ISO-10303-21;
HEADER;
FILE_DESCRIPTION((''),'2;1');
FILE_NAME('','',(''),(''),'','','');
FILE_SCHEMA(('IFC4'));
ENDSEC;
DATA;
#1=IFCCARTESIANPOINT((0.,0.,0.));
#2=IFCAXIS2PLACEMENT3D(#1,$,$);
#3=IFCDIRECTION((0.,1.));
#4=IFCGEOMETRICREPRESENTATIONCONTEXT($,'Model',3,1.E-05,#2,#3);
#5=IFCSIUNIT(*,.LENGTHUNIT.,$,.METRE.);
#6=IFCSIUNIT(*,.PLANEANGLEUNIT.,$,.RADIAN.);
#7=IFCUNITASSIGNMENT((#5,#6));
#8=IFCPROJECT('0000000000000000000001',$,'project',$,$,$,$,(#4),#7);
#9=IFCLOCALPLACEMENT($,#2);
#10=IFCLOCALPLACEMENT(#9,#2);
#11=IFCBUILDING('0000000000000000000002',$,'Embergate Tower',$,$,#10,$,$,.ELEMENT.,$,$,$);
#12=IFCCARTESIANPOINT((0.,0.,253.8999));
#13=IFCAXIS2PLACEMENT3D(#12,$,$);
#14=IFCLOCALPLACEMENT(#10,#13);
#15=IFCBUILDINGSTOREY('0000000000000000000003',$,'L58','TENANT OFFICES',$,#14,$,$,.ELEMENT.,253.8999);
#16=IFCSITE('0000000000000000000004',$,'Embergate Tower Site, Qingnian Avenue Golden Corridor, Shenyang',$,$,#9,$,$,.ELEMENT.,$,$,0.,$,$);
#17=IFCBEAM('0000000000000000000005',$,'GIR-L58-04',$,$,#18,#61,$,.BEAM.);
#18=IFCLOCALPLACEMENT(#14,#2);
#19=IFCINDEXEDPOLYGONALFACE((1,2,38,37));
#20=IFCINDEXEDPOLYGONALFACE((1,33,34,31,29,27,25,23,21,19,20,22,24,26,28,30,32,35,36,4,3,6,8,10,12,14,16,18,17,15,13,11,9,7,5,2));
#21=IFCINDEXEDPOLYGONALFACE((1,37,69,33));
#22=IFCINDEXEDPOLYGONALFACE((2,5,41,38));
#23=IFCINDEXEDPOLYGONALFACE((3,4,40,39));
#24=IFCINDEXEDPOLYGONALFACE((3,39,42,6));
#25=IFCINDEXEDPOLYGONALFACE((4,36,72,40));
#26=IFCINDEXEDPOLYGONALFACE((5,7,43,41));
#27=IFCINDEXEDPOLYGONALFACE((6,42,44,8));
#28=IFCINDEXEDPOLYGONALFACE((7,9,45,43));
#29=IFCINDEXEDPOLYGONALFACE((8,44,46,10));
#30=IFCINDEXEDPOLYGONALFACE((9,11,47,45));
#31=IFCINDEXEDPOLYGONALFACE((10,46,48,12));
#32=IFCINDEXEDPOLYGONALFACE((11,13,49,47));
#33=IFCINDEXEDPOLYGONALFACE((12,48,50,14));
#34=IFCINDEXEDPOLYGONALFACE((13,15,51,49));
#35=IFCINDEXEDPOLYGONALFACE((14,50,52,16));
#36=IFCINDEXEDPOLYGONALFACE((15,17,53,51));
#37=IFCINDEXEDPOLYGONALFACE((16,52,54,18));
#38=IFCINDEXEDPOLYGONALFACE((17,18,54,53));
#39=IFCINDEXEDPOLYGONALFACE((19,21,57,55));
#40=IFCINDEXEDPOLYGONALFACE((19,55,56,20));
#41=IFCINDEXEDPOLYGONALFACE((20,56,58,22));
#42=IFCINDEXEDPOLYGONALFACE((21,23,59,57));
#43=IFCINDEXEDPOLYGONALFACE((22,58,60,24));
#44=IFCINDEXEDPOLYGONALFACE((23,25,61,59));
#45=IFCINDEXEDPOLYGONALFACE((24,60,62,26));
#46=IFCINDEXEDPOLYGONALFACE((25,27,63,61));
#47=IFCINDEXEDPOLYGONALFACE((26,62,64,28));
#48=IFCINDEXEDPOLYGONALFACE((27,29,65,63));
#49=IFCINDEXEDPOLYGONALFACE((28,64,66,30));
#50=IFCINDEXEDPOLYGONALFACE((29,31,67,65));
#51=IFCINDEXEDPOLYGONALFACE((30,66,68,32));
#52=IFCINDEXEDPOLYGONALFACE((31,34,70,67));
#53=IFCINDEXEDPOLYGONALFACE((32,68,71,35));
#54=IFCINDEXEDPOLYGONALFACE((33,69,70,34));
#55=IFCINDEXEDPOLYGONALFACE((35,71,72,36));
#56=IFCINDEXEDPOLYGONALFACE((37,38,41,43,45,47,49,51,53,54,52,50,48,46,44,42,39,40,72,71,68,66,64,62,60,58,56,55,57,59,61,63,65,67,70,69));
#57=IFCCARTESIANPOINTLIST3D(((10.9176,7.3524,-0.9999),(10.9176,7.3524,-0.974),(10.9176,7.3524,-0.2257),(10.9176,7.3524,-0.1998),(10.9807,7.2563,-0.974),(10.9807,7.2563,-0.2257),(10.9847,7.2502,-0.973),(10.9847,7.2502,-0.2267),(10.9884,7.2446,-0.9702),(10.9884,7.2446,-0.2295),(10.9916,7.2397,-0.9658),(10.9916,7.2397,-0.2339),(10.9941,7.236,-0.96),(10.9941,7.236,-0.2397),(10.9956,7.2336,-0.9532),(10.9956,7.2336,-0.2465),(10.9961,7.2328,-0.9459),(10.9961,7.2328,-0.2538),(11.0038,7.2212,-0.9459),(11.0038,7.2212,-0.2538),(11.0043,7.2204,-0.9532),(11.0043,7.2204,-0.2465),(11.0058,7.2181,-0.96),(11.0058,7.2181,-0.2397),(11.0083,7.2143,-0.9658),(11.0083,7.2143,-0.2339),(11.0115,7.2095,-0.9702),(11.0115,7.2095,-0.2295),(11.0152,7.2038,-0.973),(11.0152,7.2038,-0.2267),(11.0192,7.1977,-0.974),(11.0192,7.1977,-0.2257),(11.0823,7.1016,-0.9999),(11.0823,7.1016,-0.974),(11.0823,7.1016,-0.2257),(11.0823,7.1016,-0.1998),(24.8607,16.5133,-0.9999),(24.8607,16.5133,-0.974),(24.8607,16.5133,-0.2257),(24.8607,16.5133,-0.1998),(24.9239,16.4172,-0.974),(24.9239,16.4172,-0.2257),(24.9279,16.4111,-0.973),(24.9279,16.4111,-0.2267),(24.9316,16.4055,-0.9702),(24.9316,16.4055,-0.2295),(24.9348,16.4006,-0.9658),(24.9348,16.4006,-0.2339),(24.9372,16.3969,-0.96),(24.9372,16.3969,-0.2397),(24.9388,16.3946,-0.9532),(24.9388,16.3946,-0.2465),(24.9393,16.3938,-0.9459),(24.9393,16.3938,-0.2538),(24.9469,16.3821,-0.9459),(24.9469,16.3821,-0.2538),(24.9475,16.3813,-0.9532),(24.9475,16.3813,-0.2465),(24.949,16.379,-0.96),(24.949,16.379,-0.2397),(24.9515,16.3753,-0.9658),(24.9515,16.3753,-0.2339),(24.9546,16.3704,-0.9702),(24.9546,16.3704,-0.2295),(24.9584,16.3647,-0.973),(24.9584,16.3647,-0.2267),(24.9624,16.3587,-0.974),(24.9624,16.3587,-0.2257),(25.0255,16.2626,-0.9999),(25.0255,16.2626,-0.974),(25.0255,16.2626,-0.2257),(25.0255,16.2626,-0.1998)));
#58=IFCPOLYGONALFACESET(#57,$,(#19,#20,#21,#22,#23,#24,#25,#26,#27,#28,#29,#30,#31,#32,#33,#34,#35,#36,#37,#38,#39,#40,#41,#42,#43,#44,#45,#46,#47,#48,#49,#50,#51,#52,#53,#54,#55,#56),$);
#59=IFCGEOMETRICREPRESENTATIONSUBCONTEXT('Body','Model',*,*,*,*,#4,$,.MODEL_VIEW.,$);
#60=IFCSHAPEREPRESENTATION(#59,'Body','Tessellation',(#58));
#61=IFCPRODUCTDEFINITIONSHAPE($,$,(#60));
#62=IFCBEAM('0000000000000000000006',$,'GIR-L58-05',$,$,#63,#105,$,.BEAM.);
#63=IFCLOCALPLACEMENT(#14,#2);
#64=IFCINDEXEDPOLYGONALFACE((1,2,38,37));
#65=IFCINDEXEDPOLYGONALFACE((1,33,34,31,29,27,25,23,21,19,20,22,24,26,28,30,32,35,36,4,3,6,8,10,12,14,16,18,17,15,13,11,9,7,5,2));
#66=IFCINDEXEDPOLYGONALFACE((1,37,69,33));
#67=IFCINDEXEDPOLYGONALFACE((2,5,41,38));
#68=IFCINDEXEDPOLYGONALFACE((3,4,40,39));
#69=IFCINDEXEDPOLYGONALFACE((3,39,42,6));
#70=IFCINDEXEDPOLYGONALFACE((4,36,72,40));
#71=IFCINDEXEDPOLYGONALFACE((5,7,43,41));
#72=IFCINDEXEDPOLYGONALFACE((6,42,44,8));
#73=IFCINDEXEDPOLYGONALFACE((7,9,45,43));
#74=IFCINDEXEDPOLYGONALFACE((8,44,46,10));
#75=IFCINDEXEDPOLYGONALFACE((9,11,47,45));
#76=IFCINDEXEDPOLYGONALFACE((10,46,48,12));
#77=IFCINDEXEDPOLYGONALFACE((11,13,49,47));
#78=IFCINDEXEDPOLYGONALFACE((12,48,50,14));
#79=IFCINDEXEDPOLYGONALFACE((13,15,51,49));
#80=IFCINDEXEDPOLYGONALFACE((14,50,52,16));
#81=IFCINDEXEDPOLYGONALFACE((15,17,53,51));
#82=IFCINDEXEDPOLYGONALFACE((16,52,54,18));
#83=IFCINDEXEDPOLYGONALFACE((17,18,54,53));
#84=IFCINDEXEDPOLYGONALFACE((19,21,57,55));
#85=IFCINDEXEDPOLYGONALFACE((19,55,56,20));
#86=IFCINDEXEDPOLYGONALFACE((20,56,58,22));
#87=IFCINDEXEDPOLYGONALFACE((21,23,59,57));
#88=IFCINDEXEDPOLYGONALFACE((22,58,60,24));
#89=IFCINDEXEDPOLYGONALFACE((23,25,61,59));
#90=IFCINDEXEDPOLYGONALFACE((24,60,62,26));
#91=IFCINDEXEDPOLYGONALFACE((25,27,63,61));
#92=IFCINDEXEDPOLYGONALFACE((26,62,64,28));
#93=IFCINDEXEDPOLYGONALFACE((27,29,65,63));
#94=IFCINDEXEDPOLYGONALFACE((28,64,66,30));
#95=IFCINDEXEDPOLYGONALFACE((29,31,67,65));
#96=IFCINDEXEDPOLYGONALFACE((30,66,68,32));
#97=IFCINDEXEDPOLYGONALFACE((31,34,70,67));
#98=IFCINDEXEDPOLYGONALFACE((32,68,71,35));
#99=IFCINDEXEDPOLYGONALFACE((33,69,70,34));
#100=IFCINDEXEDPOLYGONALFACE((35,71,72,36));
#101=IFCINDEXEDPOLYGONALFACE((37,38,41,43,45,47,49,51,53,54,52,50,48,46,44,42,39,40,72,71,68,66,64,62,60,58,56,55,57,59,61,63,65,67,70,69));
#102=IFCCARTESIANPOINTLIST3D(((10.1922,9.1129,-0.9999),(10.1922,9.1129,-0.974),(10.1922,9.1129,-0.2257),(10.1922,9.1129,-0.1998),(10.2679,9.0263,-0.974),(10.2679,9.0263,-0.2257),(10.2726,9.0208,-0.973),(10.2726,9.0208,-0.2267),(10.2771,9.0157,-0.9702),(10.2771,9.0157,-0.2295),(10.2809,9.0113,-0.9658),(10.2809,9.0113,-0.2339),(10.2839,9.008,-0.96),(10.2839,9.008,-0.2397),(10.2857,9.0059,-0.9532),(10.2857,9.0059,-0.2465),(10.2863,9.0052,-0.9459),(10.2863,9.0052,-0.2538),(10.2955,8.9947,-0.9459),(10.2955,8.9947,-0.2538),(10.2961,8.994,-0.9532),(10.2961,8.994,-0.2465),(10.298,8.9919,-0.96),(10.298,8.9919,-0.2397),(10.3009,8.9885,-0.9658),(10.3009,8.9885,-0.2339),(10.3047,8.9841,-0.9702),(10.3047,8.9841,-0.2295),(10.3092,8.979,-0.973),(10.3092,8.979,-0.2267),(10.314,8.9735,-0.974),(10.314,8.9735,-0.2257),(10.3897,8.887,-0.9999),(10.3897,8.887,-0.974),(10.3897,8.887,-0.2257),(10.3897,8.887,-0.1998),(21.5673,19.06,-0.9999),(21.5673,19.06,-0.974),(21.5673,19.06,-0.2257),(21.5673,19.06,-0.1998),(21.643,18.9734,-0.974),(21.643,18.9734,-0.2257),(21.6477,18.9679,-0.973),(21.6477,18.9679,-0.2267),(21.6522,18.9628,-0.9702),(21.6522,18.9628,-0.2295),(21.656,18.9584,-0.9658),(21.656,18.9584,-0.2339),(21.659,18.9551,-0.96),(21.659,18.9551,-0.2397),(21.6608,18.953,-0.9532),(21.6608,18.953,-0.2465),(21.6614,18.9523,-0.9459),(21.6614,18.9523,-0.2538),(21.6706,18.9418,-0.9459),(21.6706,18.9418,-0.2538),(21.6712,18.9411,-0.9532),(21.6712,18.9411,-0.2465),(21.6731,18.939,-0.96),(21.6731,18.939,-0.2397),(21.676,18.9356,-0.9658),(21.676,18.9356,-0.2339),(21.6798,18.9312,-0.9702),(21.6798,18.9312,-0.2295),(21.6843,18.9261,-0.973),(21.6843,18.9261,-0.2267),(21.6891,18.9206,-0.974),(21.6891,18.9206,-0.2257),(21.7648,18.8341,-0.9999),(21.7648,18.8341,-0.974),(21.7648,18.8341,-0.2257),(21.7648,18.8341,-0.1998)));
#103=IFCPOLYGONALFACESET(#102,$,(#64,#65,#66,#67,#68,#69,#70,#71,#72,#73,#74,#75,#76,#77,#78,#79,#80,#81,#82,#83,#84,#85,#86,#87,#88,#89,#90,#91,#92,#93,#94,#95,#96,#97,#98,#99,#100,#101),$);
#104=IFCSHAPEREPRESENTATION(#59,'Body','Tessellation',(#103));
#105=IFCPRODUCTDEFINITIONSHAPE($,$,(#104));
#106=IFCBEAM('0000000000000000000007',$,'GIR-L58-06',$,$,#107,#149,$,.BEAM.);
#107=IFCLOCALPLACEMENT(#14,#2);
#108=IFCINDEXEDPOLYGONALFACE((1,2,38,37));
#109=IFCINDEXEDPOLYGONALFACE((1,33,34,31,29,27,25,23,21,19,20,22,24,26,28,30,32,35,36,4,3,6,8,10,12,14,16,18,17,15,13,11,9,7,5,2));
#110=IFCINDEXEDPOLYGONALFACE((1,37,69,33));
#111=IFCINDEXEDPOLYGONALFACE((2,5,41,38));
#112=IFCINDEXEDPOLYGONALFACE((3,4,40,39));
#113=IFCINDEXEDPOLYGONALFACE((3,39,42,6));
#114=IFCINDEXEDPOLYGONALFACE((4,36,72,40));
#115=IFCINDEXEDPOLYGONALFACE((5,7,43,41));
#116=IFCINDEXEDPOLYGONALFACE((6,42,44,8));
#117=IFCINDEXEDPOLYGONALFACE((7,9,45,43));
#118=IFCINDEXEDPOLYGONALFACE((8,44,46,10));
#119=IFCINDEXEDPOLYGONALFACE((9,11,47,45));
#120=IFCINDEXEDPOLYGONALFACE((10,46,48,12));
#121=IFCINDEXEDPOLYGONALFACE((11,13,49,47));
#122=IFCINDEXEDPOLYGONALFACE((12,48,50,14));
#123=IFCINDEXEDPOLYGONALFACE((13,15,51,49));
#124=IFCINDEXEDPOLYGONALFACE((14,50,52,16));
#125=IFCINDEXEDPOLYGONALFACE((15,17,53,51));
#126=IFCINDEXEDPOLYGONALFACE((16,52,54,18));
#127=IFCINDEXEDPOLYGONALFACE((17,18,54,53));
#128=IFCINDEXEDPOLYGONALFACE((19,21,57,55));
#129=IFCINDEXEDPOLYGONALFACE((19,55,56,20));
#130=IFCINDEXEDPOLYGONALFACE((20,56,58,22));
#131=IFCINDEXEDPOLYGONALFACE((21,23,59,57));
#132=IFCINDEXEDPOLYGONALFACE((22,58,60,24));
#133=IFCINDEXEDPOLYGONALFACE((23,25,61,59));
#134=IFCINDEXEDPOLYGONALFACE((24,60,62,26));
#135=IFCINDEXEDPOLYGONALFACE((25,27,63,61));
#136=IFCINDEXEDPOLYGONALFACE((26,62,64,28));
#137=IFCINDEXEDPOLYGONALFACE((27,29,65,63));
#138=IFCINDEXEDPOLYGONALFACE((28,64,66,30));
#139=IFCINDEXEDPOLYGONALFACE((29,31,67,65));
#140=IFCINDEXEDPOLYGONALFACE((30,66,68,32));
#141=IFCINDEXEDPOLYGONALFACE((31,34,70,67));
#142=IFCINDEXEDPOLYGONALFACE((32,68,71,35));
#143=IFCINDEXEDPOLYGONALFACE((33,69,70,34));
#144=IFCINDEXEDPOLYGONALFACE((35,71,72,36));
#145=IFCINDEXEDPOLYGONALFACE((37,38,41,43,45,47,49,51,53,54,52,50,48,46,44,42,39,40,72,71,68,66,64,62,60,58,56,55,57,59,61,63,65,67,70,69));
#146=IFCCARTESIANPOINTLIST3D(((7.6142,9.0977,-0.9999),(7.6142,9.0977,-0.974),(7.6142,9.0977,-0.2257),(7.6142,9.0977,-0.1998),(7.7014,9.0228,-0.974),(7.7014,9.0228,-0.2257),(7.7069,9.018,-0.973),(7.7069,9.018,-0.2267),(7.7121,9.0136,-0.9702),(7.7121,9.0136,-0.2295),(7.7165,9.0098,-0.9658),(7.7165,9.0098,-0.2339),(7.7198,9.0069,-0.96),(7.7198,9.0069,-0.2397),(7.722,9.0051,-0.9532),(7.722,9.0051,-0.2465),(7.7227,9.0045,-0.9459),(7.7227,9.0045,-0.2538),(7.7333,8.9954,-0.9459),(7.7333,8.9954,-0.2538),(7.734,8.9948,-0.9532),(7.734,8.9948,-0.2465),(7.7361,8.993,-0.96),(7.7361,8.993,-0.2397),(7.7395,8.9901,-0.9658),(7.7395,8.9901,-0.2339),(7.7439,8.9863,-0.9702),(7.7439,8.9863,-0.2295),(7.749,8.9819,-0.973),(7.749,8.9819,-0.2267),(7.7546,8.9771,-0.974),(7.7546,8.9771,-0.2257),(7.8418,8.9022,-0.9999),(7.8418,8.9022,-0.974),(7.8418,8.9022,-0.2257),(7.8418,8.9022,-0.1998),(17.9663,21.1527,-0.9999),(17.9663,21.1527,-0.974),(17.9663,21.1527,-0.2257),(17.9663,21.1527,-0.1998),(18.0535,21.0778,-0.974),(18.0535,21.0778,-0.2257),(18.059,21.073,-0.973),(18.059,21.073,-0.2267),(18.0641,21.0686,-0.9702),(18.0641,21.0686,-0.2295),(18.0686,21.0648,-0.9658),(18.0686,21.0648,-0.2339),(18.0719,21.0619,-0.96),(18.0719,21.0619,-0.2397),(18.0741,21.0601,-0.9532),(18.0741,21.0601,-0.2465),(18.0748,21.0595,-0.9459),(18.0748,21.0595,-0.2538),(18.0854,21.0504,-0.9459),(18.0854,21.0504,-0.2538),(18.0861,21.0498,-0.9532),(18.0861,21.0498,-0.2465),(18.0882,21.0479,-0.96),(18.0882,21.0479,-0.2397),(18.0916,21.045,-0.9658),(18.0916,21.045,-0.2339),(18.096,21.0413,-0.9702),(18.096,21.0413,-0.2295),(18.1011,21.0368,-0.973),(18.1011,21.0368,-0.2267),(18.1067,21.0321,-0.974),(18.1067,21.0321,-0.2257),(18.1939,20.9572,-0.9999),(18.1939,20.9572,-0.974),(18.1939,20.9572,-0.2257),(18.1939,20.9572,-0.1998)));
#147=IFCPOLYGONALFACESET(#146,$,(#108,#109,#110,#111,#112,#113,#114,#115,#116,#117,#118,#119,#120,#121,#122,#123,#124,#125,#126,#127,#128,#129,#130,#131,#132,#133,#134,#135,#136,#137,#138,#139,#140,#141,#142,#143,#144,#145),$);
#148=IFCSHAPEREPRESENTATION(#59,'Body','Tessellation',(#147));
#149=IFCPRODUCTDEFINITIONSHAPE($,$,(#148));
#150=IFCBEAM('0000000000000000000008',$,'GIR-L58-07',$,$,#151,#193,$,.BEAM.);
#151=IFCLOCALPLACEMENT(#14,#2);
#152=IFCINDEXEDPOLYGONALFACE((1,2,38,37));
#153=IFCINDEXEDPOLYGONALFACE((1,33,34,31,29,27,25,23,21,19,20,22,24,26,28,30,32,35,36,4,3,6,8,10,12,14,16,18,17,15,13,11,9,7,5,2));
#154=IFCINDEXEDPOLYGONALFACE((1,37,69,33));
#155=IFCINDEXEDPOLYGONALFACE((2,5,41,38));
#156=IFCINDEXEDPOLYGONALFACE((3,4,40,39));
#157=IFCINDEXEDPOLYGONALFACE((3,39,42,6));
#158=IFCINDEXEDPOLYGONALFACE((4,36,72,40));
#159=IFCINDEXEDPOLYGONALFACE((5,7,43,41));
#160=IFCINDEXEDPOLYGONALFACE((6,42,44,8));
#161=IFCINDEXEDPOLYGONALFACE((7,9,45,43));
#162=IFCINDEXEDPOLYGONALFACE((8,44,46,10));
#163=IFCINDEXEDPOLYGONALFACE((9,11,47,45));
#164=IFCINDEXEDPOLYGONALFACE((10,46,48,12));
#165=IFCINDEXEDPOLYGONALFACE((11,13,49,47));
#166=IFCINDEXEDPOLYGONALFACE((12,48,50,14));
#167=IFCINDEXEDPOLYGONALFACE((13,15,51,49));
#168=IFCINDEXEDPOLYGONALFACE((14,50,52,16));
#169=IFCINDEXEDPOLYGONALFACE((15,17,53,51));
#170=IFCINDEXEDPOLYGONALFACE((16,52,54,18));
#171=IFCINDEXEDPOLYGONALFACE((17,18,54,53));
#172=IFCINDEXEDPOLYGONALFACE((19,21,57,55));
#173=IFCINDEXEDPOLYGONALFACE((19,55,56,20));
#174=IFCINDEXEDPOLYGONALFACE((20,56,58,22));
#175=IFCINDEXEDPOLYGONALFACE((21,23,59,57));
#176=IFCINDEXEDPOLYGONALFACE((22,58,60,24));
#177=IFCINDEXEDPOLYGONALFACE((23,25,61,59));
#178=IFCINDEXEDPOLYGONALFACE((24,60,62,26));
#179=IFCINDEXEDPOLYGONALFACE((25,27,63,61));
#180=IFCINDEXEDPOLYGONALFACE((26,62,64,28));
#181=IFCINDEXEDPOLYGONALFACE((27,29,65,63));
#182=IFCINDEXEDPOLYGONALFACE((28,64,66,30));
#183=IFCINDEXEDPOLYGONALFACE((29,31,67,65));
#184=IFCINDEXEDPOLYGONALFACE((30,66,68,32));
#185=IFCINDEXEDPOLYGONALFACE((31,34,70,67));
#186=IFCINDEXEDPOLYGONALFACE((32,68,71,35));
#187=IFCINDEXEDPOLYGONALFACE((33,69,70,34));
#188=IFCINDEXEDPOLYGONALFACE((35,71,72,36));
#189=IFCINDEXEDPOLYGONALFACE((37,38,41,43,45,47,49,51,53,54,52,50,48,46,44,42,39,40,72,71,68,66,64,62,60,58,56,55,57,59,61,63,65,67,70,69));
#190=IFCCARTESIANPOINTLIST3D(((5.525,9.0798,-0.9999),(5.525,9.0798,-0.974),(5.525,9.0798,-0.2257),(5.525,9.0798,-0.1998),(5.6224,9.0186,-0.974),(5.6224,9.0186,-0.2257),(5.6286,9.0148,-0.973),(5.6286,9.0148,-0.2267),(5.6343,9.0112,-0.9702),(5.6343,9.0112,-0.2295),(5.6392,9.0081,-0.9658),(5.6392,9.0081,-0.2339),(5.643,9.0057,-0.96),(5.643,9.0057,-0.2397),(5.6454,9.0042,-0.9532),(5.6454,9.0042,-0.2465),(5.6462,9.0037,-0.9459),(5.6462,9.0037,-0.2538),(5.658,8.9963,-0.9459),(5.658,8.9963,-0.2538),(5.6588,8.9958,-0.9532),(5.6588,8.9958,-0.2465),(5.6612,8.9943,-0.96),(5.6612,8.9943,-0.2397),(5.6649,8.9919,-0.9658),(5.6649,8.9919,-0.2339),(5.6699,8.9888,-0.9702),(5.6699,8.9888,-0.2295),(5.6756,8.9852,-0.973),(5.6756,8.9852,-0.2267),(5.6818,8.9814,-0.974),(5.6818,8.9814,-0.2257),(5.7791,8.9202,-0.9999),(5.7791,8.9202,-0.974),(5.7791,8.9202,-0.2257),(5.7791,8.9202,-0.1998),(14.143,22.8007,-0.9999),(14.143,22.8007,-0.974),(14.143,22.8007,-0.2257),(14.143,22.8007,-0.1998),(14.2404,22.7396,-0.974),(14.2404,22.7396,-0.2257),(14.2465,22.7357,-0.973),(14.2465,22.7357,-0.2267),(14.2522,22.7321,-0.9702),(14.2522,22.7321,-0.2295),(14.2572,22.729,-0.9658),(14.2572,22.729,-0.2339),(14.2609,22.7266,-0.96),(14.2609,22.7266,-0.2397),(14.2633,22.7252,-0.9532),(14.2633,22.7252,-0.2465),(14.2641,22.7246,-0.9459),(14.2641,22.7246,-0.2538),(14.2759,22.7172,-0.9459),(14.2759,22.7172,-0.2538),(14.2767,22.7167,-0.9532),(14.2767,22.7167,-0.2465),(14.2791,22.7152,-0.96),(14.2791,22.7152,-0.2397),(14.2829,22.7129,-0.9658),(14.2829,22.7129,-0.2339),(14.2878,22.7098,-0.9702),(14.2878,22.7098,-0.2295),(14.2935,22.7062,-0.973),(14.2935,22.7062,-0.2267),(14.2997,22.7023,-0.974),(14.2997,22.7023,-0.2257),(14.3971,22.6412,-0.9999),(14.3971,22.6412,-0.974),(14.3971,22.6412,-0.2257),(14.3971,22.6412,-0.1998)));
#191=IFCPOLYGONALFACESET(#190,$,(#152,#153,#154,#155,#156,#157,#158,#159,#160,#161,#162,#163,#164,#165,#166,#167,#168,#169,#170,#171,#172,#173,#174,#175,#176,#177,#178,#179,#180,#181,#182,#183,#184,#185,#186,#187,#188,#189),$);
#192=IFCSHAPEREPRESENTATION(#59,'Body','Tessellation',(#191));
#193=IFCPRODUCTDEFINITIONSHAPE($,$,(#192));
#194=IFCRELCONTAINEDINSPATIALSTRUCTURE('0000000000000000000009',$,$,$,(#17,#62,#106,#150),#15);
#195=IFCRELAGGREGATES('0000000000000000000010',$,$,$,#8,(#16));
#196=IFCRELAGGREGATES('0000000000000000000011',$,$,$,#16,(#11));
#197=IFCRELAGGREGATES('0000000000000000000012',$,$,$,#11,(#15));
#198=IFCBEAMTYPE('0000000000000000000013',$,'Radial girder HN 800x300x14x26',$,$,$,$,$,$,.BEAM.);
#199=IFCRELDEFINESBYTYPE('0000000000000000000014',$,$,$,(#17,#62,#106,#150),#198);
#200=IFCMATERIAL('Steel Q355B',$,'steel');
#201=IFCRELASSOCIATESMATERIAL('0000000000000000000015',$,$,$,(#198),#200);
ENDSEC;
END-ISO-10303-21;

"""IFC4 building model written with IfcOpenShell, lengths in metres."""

from ifc_helpers import new_model, si_unit, direction, frame, origin, origin_2d, place, context, subcontext, project, spatial, i_section, extrude, source, transform, mapped, material, material_profile, profile_set, type_object, element, save


model = new_model("IFC4")

# Units and contexts
model_context = context("Model", 3, precision=1e-05, world=origin(), true_north=direction((0.0, 1.0)))
body_context = subcontext(model_context, "Body", "Model", "MODEL_VIEW")
ifc_project = project(units=[si_unit("LENGTHUNIT", "METRE"), si_unit("PLANEANGLEUNIT", "RADIAN")], contexts=[model_context])

# Site, building, storey
site_placement = place(None, origin())
site = spatial("IfcSite", under=ifc_project, at=site_placement, Name="Embergate Tower Site, Qingnian Avenue Golden Corridor, Shenyang", CompositionType="ELEMENT", RefElevation=0.0)
building_placement = place(site_placement, origin())
building = spatial("IfcBuilding", under=site, at=building_placement, Name="Embergate Tower", CompositionType="ELEMENT")
storey_placement = place(building_placement, frame((0.0, 0.0, 253.8999)))
storey = spatial("IfcBuildingStorey", under=building, at=storey_placement, Name="L58", Description="TENANT OFFICES", CompositionType="ELEMENT", Elevation=253.8999)

# Beams
ifc_material_1 = material(Name="Steel Q355B", Category="steel")
ifc_material_profile_1 = material_profile(ifc_material_1, i_section(OverallWidth=0.3, OverallDepth=0.8, WebThickness=0.0139, FlangeThickness=0.0259, FilletRadius=0.0281, at=origin_2d()), Name="HN 800x300x14x26")
ifc_profile_set_1 = profile_set([ifc_material_profile_1], Name="Steel Q355 grade B")
beam_type_1 = type_object("IfcBeamType", Name="Radial girder HN 800x300x14x26", PredefinedType="BEAM", material=ifc_profile_set_1)
shared_shape_1 = source(origin(), body_context, "Body", "SweptSolid", [
    extrude(i_section(OverallWidth=0.3, OverallDepth=0.8, WebThickness=0.0139, FlangeThickness=0.0259, FilletRadius=0.0281, at=origin_2d()), origin(), (0.0, 0.0, 1.0), 16.6833),
])
beam_1_placement = place(storey_placement, frame((24.9431, 16.3879, -0.5999), z_axis=(-0.835753, -0.549105, 0.0), x_axis=(0.549105, -0.835753, 0.0)))
element("IfcBeam", 1, at=beam_1_placement, inside=storey, type_object=beam_type_1, Name="GIR-L58-04", PredefinedType="BEAM", context=body_context, shape_type="MappedRepresentation", body=[
    mapped(shared_shape_1, transform((0.0, 0.0, 0.0))),
])
shared_shape_2 = source(origin(), body_context, "Body", "SweptSolid", [
    extrude(i_section(OverallWidth=0.3, OverallDepth=0.8, WebThickness=0.0139, FlangeThickness=0.0259, FilletRadius=0.0281, at=origin_2d()), origin(), (0.0, 0.0, 1.0), 15.1108),
])
beam_2_placement = place(storey_placement, frame((21.666, 18.947, -0.5999), z_axis=(-0.752777, -0.658276, 0.0), x_axis=(0.658276, -0.752777, 0.0)))
element("IfcBeam", 2, at=beam_2_placement, inside=storey, type_object=beam_type_1, Name="GIR-L58-05", PredefinedType="BEAM", context=body_context, shape_type="MappedRepresentation", body=[
    mapped(shared_shape_2, transform((0.0, 0.0, 0.0))),
])
shared_shape_3 = source(origin(), body_context, "Body", "SweptSolid", [
    extrude(i_section(OverallWidth=0.3, OverallDepth=0.8, WebThickness=0.0139, FlangeThickness=0.0259, FilletRadius=0.0281, at=origin_2d()), origin(), (0.0, 0.0, 1.0), 15.8899),
])
beam_3_placement = place(storey_placement, frame((18.0801, 21.0549, -0.5999), z_axis=(-0.65149, -0.758658, 0.0), x_axis=(0.758658, -0.65149, 0.0)))
element("IfcBeam", 3, at=beam_3_placement, inside=storey, type_object=beam_type_1, Name="GIR-L58-06", PredefinedType="BEAM", context=body_context, shape_type="MappedRepresentation", body=[
    mapped(shared_shape_3, transform((0.0, 0.0, 0.0))),
])
shared_shape_4 = source(origin(), body_context, "Body", "SweptSolid", [
    extrude(i_section(OverallWidth=0.3, OverallDepth=0.8, WebThickness=0.0139, FlangeThickness=0.0259, FilletRadius=0.0281, at=origin_2d()), origin(), (0.0, 0.0, 1.0), 16.2029),
])
beam_4_placement = place(storey_placement, frame((14.27, 22.7209, -0.5999), z_axis=(-0.531876, -0.846822, 0.0), x_axis=(0.846822, -0.531876, 0.0)))
element("IfcBeam", 4, at=beam_4_placement, inside=storey, type_object=beam_type_1, Name="GIR-L58-07", PredefinedType="BEAM", context=body_context, shape_type="MappedRepresentation", body=[
    mapped(shared_shape_4, transform((0.0, 0.0, 0.0))),
])

save(model, "model.ifc")
